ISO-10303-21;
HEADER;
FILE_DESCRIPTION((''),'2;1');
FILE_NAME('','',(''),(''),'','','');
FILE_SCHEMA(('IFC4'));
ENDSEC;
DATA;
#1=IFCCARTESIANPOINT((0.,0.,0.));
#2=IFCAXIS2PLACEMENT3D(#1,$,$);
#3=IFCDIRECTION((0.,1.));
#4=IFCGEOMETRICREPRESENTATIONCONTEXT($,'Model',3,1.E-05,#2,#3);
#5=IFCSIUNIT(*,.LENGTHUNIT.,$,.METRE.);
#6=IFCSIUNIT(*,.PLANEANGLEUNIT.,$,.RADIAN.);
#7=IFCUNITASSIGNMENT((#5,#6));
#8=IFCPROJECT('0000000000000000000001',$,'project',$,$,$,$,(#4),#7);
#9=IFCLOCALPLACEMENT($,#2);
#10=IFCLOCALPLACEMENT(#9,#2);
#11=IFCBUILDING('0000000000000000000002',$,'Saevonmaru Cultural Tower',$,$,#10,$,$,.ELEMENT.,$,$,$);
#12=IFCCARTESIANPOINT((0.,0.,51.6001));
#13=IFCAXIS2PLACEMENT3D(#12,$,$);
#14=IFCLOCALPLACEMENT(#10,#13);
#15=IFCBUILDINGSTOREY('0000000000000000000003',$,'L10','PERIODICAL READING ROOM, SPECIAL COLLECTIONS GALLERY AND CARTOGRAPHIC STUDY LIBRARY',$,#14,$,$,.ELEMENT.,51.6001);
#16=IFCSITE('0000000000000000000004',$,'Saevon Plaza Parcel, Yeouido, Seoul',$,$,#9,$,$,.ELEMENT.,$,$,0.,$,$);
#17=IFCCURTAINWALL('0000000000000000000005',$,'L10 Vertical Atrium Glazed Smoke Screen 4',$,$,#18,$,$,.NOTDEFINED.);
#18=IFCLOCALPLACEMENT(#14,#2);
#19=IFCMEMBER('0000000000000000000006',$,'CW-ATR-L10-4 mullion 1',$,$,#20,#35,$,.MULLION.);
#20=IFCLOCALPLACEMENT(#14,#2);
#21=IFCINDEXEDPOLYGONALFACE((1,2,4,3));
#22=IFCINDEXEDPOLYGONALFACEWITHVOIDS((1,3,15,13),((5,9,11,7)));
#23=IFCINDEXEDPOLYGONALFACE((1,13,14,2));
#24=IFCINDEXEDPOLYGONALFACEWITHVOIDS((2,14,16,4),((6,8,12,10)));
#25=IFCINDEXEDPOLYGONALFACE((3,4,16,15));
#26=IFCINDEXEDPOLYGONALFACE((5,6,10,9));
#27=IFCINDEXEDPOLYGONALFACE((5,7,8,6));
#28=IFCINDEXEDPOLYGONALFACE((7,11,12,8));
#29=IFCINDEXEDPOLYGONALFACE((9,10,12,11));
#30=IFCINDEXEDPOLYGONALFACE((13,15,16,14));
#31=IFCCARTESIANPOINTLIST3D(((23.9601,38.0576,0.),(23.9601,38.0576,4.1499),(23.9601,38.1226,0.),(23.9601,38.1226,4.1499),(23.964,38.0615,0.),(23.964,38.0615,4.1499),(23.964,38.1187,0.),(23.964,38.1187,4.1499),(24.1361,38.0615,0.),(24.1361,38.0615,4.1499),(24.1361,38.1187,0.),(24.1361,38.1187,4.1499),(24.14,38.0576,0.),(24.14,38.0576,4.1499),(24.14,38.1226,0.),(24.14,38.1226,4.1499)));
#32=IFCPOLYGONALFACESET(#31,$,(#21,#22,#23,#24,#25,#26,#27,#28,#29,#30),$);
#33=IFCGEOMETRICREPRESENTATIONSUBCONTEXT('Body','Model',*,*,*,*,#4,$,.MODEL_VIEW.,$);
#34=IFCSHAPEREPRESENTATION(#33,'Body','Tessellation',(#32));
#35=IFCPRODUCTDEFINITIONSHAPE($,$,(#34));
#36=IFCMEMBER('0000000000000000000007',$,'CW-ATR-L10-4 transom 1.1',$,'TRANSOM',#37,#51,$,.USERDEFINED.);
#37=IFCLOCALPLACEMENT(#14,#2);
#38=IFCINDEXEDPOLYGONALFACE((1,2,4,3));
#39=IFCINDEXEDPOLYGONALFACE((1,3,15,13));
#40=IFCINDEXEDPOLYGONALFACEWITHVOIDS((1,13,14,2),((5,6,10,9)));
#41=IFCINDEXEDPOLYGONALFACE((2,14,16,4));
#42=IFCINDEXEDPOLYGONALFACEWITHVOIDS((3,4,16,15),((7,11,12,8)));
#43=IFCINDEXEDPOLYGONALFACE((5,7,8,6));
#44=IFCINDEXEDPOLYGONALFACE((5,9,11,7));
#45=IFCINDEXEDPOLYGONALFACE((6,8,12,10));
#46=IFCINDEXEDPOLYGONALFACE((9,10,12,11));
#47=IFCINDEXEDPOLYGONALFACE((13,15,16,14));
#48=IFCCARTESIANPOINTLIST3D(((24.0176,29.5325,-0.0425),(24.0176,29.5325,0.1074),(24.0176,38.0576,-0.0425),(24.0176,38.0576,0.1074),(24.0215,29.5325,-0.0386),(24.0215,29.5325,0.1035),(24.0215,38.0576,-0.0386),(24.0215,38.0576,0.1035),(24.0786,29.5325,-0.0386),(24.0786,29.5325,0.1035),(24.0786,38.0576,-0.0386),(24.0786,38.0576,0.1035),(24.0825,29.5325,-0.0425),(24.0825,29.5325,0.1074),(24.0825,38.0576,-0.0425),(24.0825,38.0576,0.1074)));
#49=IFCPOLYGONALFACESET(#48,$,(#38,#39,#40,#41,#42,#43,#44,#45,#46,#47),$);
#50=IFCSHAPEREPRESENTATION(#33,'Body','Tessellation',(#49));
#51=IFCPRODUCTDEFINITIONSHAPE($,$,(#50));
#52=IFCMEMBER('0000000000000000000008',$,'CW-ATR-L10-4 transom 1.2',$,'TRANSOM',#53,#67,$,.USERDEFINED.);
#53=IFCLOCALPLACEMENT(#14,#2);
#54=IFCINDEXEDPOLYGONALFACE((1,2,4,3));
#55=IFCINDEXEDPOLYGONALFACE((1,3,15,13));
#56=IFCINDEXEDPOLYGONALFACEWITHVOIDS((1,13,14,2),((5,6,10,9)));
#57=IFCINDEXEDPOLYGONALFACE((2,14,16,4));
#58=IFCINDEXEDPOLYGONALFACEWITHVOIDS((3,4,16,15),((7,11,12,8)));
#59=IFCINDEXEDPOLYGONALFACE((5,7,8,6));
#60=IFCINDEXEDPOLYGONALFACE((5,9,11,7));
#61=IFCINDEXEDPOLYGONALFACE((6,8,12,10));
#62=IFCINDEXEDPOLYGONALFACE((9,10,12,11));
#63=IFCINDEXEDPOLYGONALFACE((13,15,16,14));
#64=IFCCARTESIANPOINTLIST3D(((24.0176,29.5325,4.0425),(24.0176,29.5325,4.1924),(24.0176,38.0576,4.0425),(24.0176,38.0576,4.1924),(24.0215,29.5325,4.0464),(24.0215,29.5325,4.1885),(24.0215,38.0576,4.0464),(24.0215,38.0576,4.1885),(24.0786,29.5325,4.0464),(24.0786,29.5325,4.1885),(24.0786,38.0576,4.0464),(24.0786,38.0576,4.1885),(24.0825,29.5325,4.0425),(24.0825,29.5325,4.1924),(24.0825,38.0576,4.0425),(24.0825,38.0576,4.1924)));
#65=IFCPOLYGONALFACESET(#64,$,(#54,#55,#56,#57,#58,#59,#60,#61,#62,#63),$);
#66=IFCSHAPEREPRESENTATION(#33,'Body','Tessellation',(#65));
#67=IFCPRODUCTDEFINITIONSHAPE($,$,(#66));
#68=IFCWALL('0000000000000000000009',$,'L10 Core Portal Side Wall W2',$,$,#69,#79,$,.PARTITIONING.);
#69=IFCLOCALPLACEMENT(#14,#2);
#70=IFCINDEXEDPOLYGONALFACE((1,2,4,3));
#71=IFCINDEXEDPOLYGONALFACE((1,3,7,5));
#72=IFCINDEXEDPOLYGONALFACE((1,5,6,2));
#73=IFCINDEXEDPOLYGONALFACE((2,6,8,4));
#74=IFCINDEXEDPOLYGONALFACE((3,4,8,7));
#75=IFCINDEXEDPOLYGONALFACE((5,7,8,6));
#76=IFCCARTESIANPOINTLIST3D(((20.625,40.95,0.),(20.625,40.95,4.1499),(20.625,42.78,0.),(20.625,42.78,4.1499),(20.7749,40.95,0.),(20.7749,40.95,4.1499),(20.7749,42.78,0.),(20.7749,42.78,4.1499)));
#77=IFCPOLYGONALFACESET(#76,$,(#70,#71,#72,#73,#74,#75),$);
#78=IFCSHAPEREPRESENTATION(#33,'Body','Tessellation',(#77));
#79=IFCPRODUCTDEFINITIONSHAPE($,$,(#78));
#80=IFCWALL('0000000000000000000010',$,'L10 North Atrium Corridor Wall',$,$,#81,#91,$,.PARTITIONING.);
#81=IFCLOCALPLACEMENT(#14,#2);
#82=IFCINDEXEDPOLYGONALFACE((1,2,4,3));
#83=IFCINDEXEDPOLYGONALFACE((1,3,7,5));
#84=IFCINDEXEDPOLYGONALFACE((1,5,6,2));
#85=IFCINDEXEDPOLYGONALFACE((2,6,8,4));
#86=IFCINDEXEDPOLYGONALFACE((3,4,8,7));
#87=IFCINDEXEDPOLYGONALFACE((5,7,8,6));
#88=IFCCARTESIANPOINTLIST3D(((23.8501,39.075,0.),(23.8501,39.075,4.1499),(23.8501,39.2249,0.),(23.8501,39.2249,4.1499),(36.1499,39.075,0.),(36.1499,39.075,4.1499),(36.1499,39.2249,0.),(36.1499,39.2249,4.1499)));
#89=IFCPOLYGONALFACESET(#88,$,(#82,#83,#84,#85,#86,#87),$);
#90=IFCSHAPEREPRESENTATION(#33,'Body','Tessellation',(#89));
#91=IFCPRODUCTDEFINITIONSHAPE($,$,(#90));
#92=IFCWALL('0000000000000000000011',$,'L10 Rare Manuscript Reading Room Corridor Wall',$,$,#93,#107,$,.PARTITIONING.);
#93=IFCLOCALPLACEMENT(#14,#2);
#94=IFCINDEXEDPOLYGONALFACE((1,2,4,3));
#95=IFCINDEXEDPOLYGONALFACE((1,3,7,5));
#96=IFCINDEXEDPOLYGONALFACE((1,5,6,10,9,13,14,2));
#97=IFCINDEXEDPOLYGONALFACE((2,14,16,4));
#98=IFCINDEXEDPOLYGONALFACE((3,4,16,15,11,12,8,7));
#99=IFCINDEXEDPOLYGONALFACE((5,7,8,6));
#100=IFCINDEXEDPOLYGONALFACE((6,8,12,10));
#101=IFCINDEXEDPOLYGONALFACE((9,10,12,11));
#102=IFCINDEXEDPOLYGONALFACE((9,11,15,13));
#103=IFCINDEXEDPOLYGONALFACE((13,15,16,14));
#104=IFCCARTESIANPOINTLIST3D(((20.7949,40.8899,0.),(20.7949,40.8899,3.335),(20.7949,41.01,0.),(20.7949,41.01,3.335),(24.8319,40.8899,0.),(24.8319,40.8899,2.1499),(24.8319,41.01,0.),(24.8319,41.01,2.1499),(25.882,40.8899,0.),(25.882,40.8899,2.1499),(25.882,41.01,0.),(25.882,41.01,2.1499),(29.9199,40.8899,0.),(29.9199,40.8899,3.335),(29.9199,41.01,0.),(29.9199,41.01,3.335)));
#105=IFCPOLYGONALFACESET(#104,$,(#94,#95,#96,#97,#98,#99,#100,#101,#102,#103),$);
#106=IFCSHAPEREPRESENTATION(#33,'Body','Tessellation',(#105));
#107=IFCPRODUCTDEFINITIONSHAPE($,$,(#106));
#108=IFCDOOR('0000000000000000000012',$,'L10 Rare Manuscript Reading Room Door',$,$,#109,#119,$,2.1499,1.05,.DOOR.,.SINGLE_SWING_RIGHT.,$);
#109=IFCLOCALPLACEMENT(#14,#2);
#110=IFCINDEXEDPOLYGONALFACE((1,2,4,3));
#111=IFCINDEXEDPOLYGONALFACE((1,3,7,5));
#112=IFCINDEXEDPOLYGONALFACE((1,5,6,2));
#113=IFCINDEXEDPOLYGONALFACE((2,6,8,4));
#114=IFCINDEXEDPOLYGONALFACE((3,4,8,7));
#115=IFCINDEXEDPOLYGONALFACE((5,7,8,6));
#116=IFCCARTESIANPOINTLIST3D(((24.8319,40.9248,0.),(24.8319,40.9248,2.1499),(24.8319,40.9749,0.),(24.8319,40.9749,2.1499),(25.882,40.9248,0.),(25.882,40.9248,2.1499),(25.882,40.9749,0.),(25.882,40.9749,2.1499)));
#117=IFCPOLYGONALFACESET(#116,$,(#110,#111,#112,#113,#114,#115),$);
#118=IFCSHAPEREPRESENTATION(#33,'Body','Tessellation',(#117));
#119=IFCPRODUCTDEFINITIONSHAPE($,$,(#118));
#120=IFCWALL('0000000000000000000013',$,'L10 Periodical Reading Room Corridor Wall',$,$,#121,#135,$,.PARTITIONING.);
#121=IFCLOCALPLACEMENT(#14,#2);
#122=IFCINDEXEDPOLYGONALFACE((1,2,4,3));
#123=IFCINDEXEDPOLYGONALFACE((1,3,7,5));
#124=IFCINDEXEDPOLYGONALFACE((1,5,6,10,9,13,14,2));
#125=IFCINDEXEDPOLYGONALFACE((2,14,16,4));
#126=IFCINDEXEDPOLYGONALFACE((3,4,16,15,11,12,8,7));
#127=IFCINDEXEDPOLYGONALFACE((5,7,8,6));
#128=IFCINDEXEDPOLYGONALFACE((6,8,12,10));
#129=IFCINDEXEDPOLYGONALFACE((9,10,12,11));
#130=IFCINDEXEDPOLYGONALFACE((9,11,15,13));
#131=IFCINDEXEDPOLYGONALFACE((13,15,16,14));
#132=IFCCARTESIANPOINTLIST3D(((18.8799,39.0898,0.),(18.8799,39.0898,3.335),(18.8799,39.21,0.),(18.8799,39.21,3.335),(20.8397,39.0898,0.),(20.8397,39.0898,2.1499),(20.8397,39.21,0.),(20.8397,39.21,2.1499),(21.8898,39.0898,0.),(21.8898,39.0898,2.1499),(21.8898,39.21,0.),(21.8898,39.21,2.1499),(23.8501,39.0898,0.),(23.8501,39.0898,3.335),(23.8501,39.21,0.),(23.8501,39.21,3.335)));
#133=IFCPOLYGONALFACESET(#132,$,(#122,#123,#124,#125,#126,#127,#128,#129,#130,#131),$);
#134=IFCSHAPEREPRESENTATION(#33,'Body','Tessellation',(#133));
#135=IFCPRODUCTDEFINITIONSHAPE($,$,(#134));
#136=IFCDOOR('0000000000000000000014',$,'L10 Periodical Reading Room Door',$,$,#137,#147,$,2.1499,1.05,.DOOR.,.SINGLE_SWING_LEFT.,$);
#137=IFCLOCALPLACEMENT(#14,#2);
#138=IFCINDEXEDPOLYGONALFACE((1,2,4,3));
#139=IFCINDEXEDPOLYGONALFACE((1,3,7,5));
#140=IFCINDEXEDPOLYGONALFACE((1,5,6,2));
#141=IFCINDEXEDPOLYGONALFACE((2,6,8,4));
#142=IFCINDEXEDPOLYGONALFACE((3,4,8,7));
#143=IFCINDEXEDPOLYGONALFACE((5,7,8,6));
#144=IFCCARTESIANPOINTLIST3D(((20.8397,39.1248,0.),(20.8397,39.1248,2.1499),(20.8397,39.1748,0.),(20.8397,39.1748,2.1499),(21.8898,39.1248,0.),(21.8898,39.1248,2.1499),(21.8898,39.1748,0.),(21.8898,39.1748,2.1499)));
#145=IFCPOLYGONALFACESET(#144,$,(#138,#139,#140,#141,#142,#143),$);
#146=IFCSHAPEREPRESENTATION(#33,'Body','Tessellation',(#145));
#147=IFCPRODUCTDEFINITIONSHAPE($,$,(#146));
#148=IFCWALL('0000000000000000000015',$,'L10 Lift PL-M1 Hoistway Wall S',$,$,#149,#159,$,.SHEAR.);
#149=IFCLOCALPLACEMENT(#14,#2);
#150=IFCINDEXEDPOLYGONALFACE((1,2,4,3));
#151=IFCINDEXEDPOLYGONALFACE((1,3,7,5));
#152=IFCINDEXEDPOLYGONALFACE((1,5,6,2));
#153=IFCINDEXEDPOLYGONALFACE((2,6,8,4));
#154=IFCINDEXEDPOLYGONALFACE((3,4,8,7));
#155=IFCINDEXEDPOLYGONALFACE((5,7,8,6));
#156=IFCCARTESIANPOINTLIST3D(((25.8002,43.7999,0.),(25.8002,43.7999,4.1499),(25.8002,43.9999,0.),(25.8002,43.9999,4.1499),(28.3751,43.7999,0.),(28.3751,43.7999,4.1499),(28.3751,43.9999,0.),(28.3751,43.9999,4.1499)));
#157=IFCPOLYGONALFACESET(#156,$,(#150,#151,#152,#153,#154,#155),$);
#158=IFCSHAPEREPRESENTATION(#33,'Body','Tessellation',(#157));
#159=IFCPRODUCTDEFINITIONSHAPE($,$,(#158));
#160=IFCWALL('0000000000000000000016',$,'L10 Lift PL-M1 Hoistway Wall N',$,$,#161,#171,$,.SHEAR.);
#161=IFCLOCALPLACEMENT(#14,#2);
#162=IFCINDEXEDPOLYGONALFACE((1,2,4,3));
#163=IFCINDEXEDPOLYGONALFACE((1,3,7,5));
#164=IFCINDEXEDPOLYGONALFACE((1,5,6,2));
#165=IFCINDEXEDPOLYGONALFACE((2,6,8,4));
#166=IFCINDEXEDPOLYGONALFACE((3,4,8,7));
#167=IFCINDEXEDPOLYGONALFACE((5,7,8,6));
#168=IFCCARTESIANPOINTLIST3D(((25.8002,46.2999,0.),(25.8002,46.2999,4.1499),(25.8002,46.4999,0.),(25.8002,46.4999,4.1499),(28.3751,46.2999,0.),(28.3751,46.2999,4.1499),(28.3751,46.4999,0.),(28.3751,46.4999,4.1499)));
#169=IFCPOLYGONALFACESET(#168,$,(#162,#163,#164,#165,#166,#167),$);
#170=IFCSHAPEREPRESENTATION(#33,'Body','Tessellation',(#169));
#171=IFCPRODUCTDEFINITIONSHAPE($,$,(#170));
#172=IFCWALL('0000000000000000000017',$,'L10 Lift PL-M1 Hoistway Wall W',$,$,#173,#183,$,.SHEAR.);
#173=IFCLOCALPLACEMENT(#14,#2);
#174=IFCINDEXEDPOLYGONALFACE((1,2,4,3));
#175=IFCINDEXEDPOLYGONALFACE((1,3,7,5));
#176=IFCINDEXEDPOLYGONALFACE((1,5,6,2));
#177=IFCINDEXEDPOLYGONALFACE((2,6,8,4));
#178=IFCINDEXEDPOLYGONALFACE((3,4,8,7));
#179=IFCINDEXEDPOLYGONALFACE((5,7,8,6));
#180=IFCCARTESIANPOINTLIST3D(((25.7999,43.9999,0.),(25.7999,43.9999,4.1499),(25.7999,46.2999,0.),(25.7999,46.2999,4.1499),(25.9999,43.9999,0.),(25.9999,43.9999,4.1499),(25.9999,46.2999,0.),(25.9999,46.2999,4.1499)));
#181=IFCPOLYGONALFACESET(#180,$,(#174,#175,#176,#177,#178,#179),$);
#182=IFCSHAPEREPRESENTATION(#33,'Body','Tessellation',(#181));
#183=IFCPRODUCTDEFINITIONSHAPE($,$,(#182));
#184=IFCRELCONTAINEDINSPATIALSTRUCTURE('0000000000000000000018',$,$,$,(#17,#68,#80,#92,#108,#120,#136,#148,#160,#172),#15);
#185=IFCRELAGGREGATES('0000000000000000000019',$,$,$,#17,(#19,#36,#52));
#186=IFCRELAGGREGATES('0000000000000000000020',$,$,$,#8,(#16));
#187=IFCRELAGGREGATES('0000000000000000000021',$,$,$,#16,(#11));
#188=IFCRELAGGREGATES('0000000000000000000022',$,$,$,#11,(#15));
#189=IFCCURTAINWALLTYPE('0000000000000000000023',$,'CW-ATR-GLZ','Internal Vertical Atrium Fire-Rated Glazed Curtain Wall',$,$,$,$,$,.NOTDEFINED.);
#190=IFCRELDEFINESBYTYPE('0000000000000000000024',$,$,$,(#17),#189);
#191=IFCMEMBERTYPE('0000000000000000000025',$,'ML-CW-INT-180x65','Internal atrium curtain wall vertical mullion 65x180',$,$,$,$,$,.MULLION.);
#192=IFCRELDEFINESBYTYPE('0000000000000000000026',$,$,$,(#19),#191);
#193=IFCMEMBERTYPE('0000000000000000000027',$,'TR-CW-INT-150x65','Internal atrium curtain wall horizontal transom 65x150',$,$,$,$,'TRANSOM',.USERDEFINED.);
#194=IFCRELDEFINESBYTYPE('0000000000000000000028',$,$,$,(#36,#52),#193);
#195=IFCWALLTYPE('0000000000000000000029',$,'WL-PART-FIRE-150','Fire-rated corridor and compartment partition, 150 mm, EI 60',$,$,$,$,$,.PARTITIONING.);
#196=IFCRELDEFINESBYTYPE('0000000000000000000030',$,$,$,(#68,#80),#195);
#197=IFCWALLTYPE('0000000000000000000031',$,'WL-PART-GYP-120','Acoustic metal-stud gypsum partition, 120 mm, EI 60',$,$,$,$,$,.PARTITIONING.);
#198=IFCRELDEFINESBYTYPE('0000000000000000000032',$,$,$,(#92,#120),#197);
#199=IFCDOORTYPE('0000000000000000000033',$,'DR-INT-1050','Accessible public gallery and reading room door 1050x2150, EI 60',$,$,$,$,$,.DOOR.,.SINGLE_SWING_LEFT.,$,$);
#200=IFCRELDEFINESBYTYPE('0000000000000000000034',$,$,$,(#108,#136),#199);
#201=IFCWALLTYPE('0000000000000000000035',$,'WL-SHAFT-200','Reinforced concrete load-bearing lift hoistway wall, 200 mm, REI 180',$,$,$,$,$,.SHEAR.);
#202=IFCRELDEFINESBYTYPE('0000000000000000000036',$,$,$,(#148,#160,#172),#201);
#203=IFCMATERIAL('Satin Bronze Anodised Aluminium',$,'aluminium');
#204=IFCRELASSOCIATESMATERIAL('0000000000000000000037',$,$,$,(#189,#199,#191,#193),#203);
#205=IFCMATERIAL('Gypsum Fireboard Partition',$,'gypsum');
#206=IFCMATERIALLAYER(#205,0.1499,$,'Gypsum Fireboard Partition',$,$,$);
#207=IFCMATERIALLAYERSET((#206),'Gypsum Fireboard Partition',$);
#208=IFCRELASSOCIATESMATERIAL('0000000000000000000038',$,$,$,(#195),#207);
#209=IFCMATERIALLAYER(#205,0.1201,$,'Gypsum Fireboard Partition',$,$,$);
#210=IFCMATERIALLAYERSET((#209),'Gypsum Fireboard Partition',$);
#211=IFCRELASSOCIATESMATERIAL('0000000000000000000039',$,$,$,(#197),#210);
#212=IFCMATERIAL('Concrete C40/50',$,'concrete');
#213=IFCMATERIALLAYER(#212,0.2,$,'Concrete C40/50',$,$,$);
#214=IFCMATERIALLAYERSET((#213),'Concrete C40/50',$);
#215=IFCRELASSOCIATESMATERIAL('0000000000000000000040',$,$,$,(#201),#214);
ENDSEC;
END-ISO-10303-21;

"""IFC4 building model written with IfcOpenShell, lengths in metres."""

from ifc_helpers import new_model, si_unit, direction, frame, frame_2d, origin, origin_2d, place, context, subcontext, project, spatial, rectangle, hollow_rectangle, extrude, material, layer, layer_set, material_profile, profile_set, type_object, element, fill, aggregate, save


model = new_model("IFC4")

# Units and contexts
model_context = context("Model", 3, precision=1e-05, world=origin(), true_north=direction((0.0, 1.0)))
body_context = subcontext(model_context, "Body", "Model", "MODEL_VIEW")
ifc_project = project(units=[si_unit("LENGTHUNIT", "METRE"), si_unit("PLANEANGLEUNIT", "RADIAN")], contexts=[model_context])

# Site, building, storey
site_placement = place(None, origin())
site = spatial("IfcSite", under=ifc_project, at=site_placement, Name="Saevon Plaza Parcel, Yeouido, Seoul", CompositionType="ELEMENT", RefElevation=0.0)
building_placement = place(site_placement, origin())
building = spatial("IfcBuilding", under=site, at=building_placement, Name="Saevonmaru Cultural Tower", CompositionType="ELEMENT")
storey_placement = place(building_placement, frame((0.0, 0.0, 51.6001)))
storey = spatial("IfcBuildingStorey", under=building, at=storey_placement, Name="L10", Description="PERIODICAL READING ROOM, SPECIAL COLLECTIONS GALLERY AND CARTOGRAPHIC STUDY LIBRARY", CompositionType="ELEMENT", Elevation=51.6001)

# Shared definitions
ifc_material_1 = material(Name="Satin Bronze Anodised Aluminium", Category="aluminium")
curtain_wall_type = type_object("IfcCurtainWallType", Name="CW-ATR-GLZ", Description="Internal Vertical Atrium Fire-Rated Glazed Curtain Wall", PredefinedType="NOTDEFINED", material=ifc_material_1)
ifc_material_profile_1 = material_profile(ifc_material_1, hollow_rectangle(XDim=0.0649, YDim=0.1799, WallThickness=0.0039, at=origin_2d()), Name="ALU-MULL-180x65x4")
ifc_profile_set_1 = profile_set([ifc_material_profile_1], Name="Satin Bronze Anodised Aluminium")
member_type_1 = type_object("IfcMemberType", Name="ML-CW-INT-180x65", Description="Internal atrium curtain wall vertical mullion 65x180", PredefinedType="MULLION", material=ifc_profile_set_1)

# Curtain wall, members
curtain_wall_1_placement = place(storey_placement, origin())
curtain_wall_1 = element("IfcCurtainWall", 1, at=curtain_wall_1_placement, inside=storey, type_object=curtain_wall_type, Name="L10 Vertical Atrium Glazed Smoke Screen 4", PredefinedType="NOTDEFINED")
member_1_placement = place(storey_placement, frame((24.05, 38.0901, 0.0), z_axis=(0.0, 0.0, 1.0), x_axis=(0.0, -1.0, 0.0)))
member_1 = element("IfcMember", 2, at=member_1_placement, type_object=member_type_1, Name="CW-ATR-L10-4 mullion 1", PredefinedType="MULLION", context=body_context, shape_type="SweptSolid", body=[
    extrude(hollow_rectangle(XDim=0.0649, YDim=0.1799, WallThickness=0.0039, at=origin_2d()), origin(), (0.0, 0.0, 1.0), 4.1499),
])
ifc_material_profile_2 = material_profile(ifc_material_1, hollow_rectangle(XDim=0.0649, YDim=0.1499, WallThickness=0.0039, at=origin_2d()), Name="ALU-TRAN-150x65x4")
ifc_profile_set_2 = profile_set([ifc_material_profile_2], Name="Satin Bronze Anodised Aluminium")
member_type_2 = type_object("IfcMemberType", Name="TR-CW-INT-150x65", Description="Internal atrium curtain wall horizontal transom 65x150", ElementType="TRANSOM", PredefinedType="USERDEFINED", material=ifc_profile_set_2)
member_2_placement = place(storey_placement, frame((24.05, 38.0576, 0.0325), z_axis=(0.0, -1.0, 0.0), x_axis=(1.0, 0.0, 0.0)))
member_2 = element("IfcMember", 3, at=member_2_placement, type_object=member_type_2, Name="CW-ATR-L10-4 transom 1.1", ObjectType="TRANSOM", PredefinedType="USERDEFINED", context=body_context, shape_type="SweptSolid", body=[
    extrude(hollow_rectangle(XDim=0.0649, YDim=0.1499, WallThickness=0.0039, at=origin_2d()), origin(), (0.0, 0.0, 1.0), 8.5251),
])
member_3_placement = place(storey_placement, frame((24.05, 38.0576, 4.1174), z_axis=(0.0, -1.0, 0.0), x_axis=(1.0, 0.0, 0.0)))
member_3 = element("IfcMember", 4, at=member_3_placement, type_object=member_type_2, Name="CW-ATR-L10-4 transom 1.2", ObjectType="TRANSOM", PredefinedType="USERDEFINED", context=body_context, shape_type="SweptSolid", body=[
    extrude(hollow_rectangle(XDim=0.0649, YDim=0.1499, WallThickness=0.0039, at=origin_2d()), origin(), (0.0, 0.0, 1.0), 8.5251),
])
aggregate(curtain_wall_1, [member_1, member_2, member_3])

# Shared definitions
ifc_material_2 = material(Name="Gypsum Fireboard Partition", Category="gypsum")

# Walls
ifc_layer_1 = layer(ifc_material_2, 0.1499, Name="Gypsum Fireboard Partition")
ifc_layer_set_1 = layer_set([ifc_layer_1], Name="Gypsum Fireboard Partition")
wall_type_1 = type_object("IfcWallType", Name="WL-PART-FIRE-150", Description="Fire-rated corridor and compartment partition, 150 mm, EI 60", PredefinedType="PARTITIONING", material=ifc_layer_set_1)
wall_1_placement = place(storey_placement, frame((20.7, 40.95, 0.0), z_axis=(0.0, 0.0, 1.0), x_axis=(0.0, 1.0, 0.0)))
element("IfcWall", 5, at=wall_1_placement, inside=storey, type_object=wall_type_1, Name="L10 Core Portal Side Wall W2", PredefinedType="PARTITIONING", context=body_context, shape_type="SweptSolid", body=[
    extrude(rectangle(XDim=1.8301, YDim=0.1499, at=frame_2d((0.915, 0.0))), origin(), (0.0, 0.0, 1.0), 4.1499),
])
wall_2_placement = place(storey_placement, frame((23.8501, 39.1499, 0.0), z_axis=(0.0, 0.0, 1.0), x_axis=(1.0, 0.0, 0.0)))
element("IfcWall", 6, at=wall_2_placement, inside=storey, type_object=wall_type_1, Name="L10 North Atrium Corridor Wall", PredefinedType="PARTITIONING", context=body_context, shape_type="SweptSolid", body=[
    extrude(rectangle(XDim=12.2998, YDim=0.1499, at=frame_2d((6.1499, 0.0))), origin(), (0.0, 0.0, 1.0), 4.1499),
])

# Walls, openings, doors
ifc_layer_2 = layer(ifc_material_2, 0.1201, Name="Gypsum Fireboard Partition")
ifc_layer_set_2 = layer_set([ifc_layer_2], Name="Gypsum Fireboard Partition")
wall_type_2 = type_object("IfcWallType", Name="WL-PART-GYP-120", Description="Acoustic metal-stud gypsum partition, 120 mm, EI 60", PredefinedType="PARTITIONING", material=ifc_layer_set_2)
wall_3_placement = place(storey_placement, frame((20.7949, 40.95, 0.0), z_axis=(0.0, 0.0, 1.0), x_axis=(1.0, 0.0, 0.0)))
wall_3 = element("IfcWall", 7, at=wall_3_placement, inside=storey, type_object=wall_type_2, Name="L10 Rare Manuscript Reading Room Corridor Wall", PredefinedType="PARTITIONING", context=body_context, shape_type="SweptSolid", body=[
    extrude(rectangle(XDim=9.125, YDim=0.1201, at=frame_2d((4.5625, 0.0))), origin(), (0.0, 0.0, 1.0), 3.335),
])
opening_1_placement = place(wall_3_placement, frame((4.0371, 0.0, 0.0)))
opening_1 = element("IfcOpeningElement", 8, at=opening_1_placement, cuts=wall_3, PredefinedType="OPENING", context=body_context, shape_type="SweptSolid", body=[
    extrude(rectangle(XDim=1.05, YDim=2.1499, at=frame_2d((0.5249, 1.075))), frame((0.0, 0.0701, 0.0), z_axis=(0.0, -1.0, 0.0), x_axis=(1.0, 0.0, 0.0)), (0.0, 0.0, 1.0), 0.1401),
])
door_type_1 = type_object("IfcDoorType", Name="DR-INT-1050", Description="Accessible public gallery and reading room door 1050x2150, EI 60", OperationType="SINGLE_SWING_LEFT", PredefinedType="DOOR", material=ifc_material_1)
door_1_placement = place(opening_1_placement, origin())
door_1 = element("IfcDoor", 9, at=door_1_placement, inside=storey, type_object=door_type_1, Name="L10 Rare Manuscript Reading Room Door", OperationType="SINGLE_SWING_RIGHT", OverallHeight=2.1499, OverallWidth=1.05, PredefinedType="DOOR", context=body_context, shape_type="SweptSolid", body=[
    extrude(rectangle(XDim=1.05, YDim=2.1499, at=frame_2d((0.5249, 1.075))), frame((0.0, 0.0249, 0.0), z_axis=(0.0, -1.0, 0.0), x_axis=(1.0, 0.0, 0.0)), (0.0, 0.0, 1.0), 0.05),
])
fill(opening_1, door_1)
wall_4_placement = place(storey_placement, frame((18.8799, 39.1499, 0.0), z_axis=(0.0, 0.0, 1.0), x_axis=(1.0, 0.0, 0.0)))
wall_4 = element("IfcWall", 10, at=wall_4_placement, inside=storey, type_object=wall_type_2, Name="L10 Periodical Reading Room Corridor Wall", PredefinedType="PARTITIONING", context=body_context, shape_type="SweptSolid", body=[
    extrude(rectangle(XDim=4.9702, YDim=0.1201, at=frame_2d((2.4851, 0.0))), origin(), (0.0, 0.0, 1.0), 3.335),
])
opening_2_placement = place(wall_4_placement, frame((1.96, 0.0, 0.0)))
opening_2 = element("IfcOpeningElement", 11, at=opening_2_placement, cuts=wall_4, PredefinedType="OPENING", context=body_context, shape_type="SweptSolid", body=[
    extrude(rectangle(XDim=1.05, YDim=2.1499, at=frame_2d((0.5249, 1.075))), frame((0.0, 0.0701, 0.0), z_axis=(0.0, -1.0, 0.0), x_axis=(1.0, 0.0, 0.0)), (0.0, 0.0, 1.0), 0.1401),
])
door_2_placement = place(opening_2_placement, origin())
door_2 = element("IfcDoor", 12, at=door_2_placement, inside=storey, type_object=door_type_1, Name="L10 Periodical Reading Room Door", OperationType="SINGLE_SWING_LEFT", OverallHeight=2.1499, OverallWidth=1.05, PredefinedType="DOOR", context=body_context, shape_type="SweptSolid", body=[
    extrude(rectangle(XDim=1.05, YDim=2.1499, at=frame_2d((0.5249, 1.075))), frame((0.0, 0.0249, 0.0), z_axis=(0.0, -1.0, 0.0), x_axis=(1.0, 0.0, 0.0)), (0.0, 0.0, 1.0), 0.05),
])
fill(opening_2, door_2)

# Walls
ifc_material_3 = material(Name="Concrete C40/50", Category="concrete")
ifc_layer_3 = layer(ifc_material_3, 0.2, Name="Concrete C40/50")
ifc_layer_set_3 = layer_set([ifc_layer_3], Name="Concrete C40/50")
wall_type_3 = type_object("IfcWallType", Name="WL-SHAFT-200", Description="Reinforced concrete load-bearing lift hoistway wall, 200 mm, REI 180", PredefinedType="SHEAR", material=ifc_layer_set_3)
for number, where, z_axis, x_axis, name in (
    (13, (25.8, 43.8999, 0.0), (0.0, 0.0, 1.0), (1.0, 0.0, 0.0), "L10 Lift PL-M1 Hoistway Wall S"),
    (14, (25.8, 46.3999, 0.0), (0.0, 0.0, 1.0), (1.0, 0.0, 0.0), "L10 Lift PL-M1 Hoistway Wall N"),
):
    element("IfcWall", number, at=place(storey_placement, frame(where, z_axis=z_axis, x_axis=x_axis)), inside=storey, type_object=wall_type_3, Name=name, PredefinedType="SHEAR", context=body_context, shape_type="SweptSolid", body=[
        extrude(rectangle(XDim=2.575, YDim=0.2, at=frame_2d((1.2876, 0.0))), origin(), (0.0, 0.0, 1.0), 4.1499),
    ])
wall_5_placement = place(storey_placement, frame((25.8999, 44.0, 0.0), z_axis=(0.0, 0.0, 1.0), x_axis=(0.0, 1.0, 0.0)))
element("IfcWall", 15, at=wall_5_placement, inside=storey, type_object=wall_type_3, Name="L10 Lift PL-M1 Hoistway Wall W", PredefinedType="SHEAR", context=body_context, shape_type="SweptSolid", body=[
    extrude(rectangle(XDim=2.3, YDim=0.2, at=frame_2d((1.1499, 0.0))), origin(), (0.0, 0.0, 1.0), 4.1499),
])

save(model, "model.ifc")
